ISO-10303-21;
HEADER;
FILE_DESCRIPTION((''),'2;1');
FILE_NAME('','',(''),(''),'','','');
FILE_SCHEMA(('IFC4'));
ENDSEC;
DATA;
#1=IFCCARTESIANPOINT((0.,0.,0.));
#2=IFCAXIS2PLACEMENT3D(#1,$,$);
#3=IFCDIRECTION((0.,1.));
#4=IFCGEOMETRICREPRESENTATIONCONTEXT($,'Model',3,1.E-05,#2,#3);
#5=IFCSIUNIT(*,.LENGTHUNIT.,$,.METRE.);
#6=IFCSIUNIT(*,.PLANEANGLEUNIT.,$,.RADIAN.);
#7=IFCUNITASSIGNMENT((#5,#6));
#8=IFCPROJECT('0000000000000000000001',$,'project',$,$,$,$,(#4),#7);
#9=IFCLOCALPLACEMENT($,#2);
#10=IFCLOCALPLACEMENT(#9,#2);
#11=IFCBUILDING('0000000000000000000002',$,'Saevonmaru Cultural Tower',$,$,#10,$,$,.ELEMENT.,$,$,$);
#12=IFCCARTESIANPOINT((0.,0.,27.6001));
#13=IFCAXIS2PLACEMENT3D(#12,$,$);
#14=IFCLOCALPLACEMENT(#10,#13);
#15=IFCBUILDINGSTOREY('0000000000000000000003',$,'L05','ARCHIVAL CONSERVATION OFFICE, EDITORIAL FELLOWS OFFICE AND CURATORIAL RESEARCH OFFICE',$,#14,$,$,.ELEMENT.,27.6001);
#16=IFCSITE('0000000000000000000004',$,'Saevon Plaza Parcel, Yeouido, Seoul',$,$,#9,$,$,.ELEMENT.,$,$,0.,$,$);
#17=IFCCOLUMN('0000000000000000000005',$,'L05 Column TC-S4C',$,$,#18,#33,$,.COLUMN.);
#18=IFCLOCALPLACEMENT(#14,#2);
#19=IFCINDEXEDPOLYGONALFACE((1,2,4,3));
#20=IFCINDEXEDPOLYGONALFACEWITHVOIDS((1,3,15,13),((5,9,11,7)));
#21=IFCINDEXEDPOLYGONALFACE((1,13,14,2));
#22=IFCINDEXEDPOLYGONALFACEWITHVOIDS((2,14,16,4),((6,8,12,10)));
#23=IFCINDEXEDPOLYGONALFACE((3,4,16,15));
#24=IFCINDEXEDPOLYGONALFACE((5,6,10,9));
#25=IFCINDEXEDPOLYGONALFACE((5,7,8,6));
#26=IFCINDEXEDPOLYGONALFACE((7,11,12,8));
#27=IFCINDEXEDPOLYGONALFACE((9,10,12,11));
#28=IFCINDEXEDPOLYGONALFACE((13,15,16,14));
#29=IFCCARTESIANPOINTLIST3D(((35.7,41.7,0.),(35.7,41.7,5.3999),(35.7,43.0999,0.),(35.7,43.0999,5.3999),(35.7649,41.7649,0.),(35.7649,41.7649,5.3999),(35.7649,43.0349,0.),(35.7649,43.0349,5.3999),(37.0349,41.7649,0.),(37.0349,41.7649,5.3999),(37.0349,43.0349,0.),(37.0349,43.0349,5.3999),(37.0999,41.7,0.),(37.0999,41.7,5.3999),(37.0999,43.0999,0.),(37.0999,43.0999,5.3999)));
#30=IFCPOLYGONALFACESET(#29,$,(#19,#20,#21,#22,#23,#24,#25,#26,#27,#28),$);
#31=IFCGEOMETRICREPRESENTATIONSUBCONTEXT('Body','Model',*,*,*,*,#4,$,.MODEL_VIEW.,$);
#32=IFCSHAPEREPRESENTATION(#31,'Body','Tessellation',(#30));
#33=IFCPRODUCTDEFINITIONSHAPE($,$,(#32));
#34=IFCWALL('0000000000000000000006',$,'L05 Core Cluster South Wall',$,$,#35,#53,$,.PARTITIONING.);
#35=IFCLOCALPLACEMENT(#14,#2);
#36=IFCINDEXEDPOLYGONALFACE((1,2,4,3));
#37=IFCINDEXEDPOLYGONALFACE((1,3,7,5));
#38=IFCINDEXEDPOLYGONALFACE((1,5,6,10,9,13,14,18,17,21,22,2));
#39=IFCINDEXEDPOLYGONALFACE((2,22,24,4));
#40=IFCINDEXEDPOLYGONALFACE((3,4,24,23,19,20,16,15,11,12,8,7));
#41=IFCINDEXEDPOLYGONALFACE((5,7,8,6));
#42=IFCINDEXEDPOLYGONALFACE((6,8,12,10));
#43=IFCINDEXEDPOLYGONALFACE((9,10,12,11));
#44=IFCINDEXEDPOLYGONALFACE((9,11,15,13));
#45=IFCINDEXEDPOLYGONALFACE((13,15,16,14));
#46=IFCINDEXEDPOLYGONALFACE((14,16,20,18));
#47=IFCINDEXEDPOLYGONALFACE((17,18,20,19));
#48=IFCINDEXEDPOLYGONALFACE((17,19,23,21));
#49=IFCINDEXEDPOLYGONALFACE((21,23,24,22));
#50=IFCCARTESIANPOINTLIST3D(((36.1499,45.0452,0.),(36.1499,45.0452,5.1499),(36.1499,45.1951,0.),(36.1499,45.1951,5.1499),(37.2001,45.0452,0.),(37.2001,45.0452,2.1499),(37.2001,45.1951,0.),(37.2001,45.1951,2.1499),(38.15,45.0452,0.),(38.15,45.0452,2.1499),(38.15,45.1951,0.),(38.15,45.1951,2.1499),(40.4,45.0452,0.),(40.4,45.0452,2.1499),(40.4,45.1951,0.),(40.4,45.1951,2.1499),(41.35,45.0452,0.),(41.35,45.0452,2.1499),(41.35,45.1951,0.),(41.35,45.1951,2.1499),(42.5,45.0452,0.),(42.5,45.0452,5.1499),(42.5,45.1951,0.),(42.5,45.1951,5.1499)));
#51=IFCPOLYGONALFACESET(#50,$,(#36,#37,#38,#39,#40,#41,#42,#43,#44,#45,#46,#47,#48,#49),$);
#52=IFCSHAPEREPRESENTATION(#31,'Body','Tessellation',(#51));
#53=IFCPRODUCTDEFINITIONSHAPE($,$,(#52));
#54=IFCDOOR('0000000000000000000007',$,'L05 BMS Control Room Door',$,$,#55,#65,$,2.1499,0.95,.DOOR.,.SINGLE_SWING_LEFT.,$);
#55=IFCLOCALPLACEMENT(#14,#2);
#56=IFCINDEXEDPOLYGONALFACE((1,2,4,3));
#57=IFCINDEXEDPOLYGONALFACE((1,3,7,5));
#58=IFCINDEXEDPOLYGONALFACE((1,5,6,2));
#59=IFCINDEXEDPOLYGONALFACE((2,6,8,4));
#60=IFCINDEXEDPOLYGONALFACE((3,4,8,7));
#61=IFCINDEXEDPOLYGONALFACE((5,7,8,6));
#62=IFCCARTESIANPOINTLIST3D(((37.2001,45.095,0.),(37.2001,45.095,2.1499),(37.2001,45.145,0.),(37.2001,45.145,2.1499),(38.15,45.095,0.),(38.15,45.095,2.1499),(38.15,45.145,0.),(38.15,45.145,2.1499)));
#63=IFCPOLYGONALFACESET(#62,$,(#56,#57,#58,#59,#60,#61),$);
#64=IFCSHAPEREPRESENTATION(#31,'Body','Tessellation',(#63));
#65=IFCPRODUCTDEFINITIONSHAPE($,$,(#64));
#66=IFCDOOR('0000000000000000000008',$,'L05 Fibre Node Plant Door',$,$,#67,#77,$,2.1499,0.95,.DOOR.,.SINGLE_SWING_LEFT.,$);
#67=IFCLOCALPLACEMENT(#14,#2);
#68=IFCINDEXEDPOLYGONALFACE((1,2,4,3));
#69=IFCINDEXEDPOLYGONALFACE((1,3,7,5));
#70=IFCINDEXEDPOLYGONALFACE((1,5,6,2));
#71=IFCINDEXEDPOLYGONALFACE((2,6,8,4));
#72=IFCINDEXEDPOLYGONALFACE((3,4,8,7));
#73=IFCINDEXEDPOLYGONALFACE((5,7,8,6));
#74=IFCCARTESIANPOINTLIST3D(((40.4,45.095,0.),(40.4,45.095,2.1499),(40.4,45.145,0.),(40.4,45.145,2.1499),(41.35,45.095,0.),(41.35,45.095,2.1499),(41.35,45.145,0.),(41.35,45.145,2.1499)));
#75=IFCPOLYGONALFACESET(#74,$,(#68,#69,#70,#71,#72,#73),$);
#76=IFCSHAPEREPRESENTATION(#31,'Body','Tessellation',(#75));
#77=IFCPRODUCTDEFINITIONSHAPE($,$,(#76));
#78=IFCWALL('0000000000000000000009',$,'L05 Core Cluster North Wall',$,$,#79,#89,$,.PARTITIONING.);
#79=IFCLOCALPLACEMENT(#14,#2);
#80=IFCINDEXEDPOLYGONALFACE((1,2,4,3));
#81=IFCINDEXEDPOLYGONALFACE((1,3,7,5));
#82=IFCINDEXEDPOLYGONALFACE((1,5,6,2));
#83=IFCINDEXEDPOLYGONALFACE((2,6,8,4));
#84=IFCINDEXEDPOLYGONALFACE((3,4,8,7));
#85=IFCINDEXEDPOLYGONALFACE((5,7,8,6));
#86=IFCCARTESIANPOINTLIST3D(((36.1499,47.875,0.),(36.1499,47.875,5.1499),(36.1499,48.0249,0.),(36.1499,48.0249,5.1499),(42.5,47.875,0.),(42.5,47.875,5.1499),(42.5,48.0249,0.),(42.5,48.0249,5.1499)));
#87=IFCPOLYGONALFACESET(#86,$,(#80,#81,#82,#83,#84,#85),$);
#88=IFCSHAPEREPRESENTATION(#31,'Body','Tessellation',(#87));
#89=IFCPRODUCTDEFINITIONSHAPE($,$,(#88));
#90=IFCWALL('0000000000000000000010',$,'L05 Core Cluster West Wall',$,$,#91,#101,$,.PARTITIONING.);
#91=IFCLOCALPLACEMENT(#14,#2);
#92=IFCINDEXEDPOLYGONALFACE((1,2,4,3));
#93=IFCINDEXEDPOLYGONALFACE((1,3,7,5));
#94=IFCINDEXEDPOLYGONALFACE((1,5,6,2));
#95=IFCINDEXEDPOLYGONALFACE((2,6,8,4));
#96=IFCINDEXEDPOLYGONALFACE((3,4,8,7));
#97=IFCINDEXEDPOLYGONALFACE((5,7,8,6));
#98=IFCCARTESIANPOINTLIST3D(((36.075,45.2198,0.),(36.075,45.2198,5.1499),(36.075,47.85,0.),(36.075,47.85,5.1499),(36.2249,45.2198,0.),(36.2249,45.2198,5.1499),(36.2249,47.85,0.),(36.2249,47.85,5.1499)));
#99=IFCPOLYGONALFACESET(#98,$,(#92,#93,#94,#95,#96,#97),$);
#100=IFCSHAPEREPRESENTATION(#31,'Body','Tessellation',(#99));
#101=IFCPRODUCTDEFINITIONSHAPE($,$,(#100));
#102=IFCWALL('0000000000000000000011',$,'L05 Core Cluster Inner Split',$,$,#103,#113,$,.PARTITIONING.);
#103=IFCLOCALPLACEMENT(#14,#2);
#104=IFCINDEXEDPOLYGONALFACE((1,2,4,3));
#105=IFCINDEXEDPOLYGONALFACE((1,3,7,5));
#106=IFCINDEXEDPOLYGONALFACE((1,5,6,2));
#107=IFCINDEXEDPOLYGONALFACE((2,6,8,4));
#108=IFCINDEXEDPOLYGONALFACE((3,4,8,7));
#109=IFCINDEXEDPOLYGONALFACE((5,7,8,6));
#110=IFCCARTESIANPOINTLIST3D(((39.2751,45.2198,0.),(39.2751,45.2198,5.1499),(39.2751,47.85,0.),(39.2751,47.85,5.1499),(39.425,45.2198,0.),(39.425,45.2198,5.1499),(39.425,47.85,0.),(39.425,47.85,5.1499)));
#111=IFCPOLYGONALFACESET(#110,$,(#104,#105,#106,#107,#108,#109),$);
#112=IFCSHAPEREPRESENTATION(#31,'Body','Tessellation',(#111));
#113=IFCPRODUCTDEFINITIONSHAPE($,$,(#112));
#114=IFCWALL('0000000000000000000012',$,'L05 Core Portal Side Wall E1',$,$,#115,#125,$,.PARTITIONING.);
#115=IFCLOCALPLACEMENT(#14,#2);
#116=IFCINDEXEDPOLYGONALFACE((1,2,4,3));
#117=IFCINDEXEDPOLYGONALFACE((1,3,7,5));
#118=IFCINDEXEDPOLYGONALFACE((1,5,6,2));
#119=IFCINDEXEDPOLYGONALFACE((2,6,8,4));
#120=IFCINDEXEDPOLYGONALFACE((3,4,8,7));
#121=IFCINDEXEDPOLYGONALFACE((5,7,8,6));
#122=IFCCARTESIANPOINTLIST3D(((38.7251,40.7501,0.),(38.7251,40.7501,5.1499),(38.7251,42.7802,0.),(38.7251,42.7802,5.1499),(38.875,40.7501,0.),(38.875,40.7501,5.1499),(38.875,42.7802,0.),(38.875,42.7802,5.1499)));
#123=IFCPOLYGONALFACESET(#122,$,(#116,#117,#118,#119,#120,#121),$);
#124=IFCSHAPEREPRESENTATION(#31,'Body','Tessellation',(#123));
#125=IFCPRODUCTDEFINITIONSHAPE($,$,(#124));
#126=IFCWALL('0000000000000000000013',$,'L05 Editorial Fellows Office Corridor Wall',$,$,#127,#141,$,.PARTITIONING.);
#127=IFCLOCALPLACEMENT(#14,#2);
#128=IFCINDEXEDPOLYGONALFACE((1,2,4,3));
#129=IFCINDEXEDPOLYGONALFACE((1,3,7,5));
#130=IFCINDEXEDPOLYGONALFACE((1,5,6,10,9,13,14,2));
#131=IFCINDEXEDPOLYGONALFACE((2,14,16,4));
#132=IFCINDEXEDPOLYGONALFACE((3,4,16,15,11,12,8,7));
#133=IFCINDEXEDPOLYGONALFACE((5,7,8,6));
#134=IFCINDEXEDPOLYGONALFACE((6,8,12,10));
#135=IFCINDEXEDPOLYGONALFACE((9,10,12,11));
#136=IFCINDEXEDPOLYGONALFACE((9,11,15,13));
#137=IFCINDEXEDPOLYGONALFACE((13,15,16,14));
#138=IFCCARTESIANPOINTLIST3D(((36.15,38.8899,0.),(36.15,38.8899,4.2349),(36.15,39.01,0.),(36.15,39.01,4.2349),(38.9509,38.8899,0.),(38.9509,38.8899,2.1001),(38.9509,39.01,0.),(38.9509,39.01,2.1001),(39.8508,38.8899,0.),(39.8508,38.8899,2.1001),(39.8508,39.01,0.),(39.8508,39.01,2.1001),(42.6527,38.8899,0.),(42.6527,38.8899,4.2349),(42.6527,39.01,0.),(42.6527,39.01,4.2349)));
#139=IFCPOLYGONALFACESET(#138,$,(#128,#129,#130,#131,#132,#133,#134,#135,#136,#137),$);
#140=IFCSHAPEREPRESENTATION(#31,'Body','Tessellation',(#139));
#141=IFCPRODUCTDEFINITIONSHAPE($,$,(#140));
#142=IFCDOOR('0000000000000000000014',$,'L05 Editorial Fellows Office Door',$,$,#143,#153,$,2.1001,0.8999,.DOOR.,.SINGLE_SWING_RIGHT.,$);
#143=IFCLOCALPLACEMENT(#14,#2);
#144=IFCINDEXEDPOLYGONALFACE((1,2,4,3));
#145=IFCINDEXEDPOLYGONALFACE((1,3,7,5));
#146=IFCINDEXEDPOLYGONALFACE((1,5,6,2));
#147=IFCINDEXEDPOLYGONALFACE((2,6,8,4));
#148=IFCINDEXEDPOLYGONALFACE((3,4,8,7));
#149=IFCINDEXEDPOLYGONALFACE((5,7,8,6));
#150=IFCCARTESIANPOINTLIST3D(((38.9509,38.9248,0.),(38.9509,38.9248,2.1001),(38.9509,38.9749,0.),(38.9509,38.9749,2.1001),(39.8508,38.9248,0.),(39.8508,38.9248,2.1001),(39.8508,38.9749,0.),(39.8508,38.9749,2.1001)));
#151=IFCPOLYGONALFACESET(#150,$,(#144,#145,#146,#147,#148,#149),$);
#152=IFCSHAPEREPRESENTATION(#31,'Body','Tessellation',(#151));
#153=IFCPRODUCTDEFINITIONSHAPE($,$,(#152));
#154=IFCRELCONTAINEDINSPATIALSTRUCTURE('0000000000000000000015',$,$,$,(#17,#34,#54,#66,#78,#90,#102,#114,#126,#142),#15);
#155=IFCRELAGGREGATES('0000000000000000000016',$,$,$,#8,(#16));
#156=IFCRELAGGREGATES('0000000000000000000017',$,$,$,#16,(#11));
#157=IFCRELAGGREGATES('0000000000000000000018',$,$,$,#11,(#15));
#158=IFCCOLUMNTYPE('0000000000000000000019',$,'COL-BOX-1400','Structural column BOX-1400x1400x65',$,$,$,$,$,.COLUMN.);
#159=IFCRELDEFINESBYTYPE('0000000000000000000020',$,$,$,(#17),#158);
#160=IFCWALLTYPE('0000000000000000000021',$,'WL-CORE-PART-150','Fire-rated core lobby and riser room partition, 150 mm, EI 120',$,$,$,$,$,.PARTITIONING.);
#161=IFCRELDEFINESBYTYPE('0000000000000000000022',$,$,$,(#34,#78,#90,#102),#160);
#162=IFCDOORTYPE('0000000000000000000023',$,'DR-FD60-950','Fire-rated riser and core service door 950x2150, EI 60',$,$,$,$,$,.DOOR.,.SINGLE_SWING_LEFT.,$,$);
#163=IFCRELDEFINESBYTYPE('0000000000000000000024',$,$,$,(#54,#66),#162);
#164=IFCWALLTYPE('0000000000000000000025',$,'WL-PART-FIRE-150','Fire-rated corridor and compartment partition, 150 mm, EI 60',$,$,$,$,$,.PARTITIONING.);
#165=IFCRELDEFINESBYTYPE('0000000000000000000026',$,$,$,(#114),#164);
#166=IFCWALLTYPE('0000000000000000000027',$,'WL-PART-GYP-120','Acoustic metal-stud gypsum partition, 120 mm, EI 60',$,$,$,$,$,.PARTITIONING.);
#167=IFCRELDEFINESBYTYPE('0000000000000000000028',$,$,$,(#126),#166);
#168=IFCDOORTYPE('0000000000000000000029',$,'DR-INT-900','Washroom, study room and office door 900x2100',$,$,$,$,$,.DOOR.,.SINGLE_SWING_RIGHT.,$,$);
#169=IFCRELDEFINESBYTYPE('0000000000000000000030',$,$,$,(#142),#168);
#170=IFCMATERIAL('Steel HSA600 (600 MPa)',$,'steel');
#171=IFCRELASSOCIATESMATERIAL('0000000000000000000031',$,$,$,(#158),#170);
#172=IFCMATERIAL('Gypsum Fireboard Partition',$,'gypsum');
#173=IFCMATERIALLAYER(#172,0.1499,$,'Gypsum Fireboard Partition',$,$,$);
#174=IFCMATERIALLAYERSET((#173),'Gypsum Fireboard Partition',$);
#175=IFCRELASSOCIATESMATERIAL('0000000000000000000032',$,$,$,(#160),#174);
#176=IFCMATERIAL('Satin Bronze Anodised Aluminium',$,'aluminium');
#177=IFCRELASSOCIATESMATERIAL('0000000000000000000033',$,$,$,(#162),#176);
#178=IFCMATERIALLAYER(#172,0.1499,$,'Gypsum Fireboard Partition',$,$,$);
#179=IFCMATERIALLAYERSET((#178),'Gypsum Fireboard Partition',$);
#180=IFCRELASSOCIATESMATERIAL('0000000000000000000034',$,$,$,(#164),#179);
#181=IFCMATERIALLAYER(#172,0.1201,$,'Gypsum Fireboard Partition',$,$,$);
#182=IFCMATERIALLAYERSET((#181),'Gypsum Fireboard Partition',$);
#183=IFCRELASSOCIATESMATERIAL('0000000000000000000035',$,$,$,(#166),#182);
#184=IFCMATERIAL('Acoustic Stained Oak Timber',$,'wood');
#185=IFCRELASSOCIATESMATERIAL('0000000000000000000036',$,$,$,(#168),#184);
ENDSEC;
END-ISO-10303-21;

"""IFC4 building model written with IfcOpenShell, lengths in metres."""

from ifc_helpers import new_model, si_unit, direction, frame, frame_2d, origin, origin_2d, place, context, subcontext, project, spatial, rectangle, hollow_rectangle, extrude, material, layer, layer_set, material_profile, profile_set, type_object, element, fill, save


model = new_model("IFC4")

# Units and contexts
model_context = context("Model", 3, precision=1e-05, world=origin(), true_north=direction((0.0, 1.0)))
body_context = subcontext(model_context, "Body", "Model", "MODEL_VIEW")
ifc_project = project(units=[si_unit("LENGTHUNIT", "METRE"), si_unit("PLANEANGLEUNIT", "RADIAN")], contexts=[model_context])

# Site, building, storey
site_placement = place(None, origin())
site = spatial("IfcSite", under=ifc_project, at=site_placement, Name="Saevon Plaza Parcel, Yeouido, Seoul", CompositionType="ELEMENT", RefElevation=0.0)
building_placement = place(site_placement, origin())
building = spatial("IfcBuilding", under=site, at=building_placement, Name="Saevonmaru Cultural Tower", CompositionType="ELEMENT")
storey_placement = place(building_placement, frame((0.0, 0.0, 27.6001)))
storey = spatial("IfcBuildingStorey", under=building, at=storey_placement, Name="L05", Description="ARCHIVAL CONSERVATION OFFICE, EDITORIAL FELLOWS OFFICE AND CURATORIAL RESEARCH OFFICE", CompositionType="ELEMENT", Elevation=27.6001)

# Column
ifc_material_1 = material(Name="Steel HSA600 (600 MPa)", Category="steel")
ifc_material_profile = material_profile(ifc_material_1, hollow_rectangle(XDim=1.3999, YDim=1.3999, WallThickness=0.0649, at=origin_2d()), Name="BOX-1400x1400x65")
ifc_profile_set = profile_set([ifc_material_profile], Name="Steel HSA600 (600 MPa)")
column_type = type_object("IfcColumnType", Name="COL-BOX-1400", Description="Structural column BOX-1400x1400x65", PredefinedType="COLUMN", material=ifc_profile_set)
column_placement = place(storey_placement, frame((36.3999, 42.3999, 0.0), z_axis=(0.0, 0.0, 1.0), x_axis=(1.0, 0.0, 0.0)))
element("IfcColumn", 1, at=column_placement, inside=storey, type_object=column_type, Name="L05 Column TC-S4C", PredefinedType="COLUMN", context=body_context, shape_type="SweptSolid", body=[
    extrude(hollow_rectangle(XDim=1.3999, YDim=1.3999, WallThickness=0.0649, at=origin_2d()), origin(), (0.0, 0.0, 1.0), 5.3999),
])

# Wall, openings, doors
ifc_material_2 = material(Name="Gypsum Fireboard Partition", Category="gypsum")
ifc_layer_1 = layer(ifc_material_2, 0.1499, Name="Gypsum Fireboard Partition")
ifc_layer_set_1 = layer_set([ifc_layer_1], Name="Gypsum Fireboard Partition")
wall_type_1 = type_object("IfcWallType", Name="WL-CORE-PART-150", Description="Fire-rated core lobby and riser room partition, 150 mm, EI 120", PredefinedType="PARTITIONING", material=ifc_layer_set_1)
wall_1_placement = place(storey_placement, frame((36.1499, 45.1201, 0.0), z_axis=(0.0, 0.0, 1.0), x_axis=(1.0, 0.0, 0.0)))
wall_1 = element("IfcWall", 2, at=wall_1_placement, inside=storey, type_object=wall_type_1, Name="L05 Core Cluster South Wall", PredefinedType="PARTITIONING", context=body_context, shape_type="SweptSolid", body=[
    extrude(rectangle(XDim=6.3501, YDim=0.1499, at=frame_2d((3.175, 0.0))), origin(), (0.0, 0.0, 1.0), 5.1499),
])
opening_1_placement = place(wall_1_placement, frame((1.05, 0.0, 0.0)))
opening_1 = element("IfcOpeningElement", 3, at=opening_1_placement, cuts=wall_1, PredefinedType="OPENING", context=body_context, shape_type="SweptSolid", body=[
    extrude(rectangle(XDim=0.95, YDim=2.1499, at=frame_2d((0.4751, 1.075))), frame((0.0, 0.085, 0.0), z_axis=(0.0, -1.0, 0.0), x_axis=(1.0, 0.0, 0.0)), (0.0, 0.0, 1.0), 0.1699),
])
opening_2_placement = place(wall_1_placement, frame((4.25, 0.0, 0.0)))
opening_2 = element("IfcOpeningElement", 4, at=opening_2_placement, cuts=wall_1, PredefinedType="OPENING", context=body_context, shape_type="SweptSolid", body=[
    extrude(rectangle(XDim=0.95, YDim=2.1499, at=frame_2d((0.4751, 1.075))), frame((0.0, 0.085, 0.0), z_axis=(0.0, -1.0, 0.0), x_axis=(1.0, 0.0, 0.0)), (0.0, 0.0, 1.0), 0.1699),
])
ifc_material_3 = material(Name="Satin Bronze Anodised Aluminium", Category="aluminium")
door_type_1 = type_object("IfcDoorType", Name="DR-FD60-950", Description="Fire-rated riser and core service door 950x2150, EI 60", OperationType="SINGLE_SWING_LEFT", PredefinedType="DOOR", material=ifc_material_3)
door_1_placement = place(opening_1_placement, origin())
door_1 = element("IfcDoor", 5, at=door_1_placement, inside=storey, type_object=door_type_1, Name="L05 BMS Control Room Door", OperationType="SINGLE_SWING_LEFT", OverallHeight=2.1499, OverallWidth=0.95, PredefinedType="DOOR", context=body_context, shape_type="SweptSolid", body=[
    extrude(rectangle(XDim=0.95, YDim=2.1499, at=frame_2d((0.4751, 1.075))), frame((0.0, 0.0249, 0.0), z_axis=(0.0, -1.0, 0.0), x_axis=(1.0, 0.0, 0.0)), (0.0, 0.0, 1.0), 0.05),
])
fill(opening_1, door_1)
door_2_placement = place(opening_2_placement, origin())
door_2 = element("IfcDoor", 6, at=door_2_placement, inside=storey, type_object=door_type_1, Name="L05 Fibre Node Plant Door", OperationType="SINGLE_SWING_LEFT", OverallHeight=2.1499, OverallWidth=0.95, PredefinedType="DOOR", context=body_context, shape_type="SweptSolid", body=[
    extrude(rectangle(XDim=0.95, YDim=2.1499, at=frame_2d((0.4751, 1.075))), frame((0.0, 0.0249, 0.0), z_axis=(0.0, -1.0, 0.0), x_axis=(1.0, 0.0, 0.0)), (0.0, 0.0, 1.0), 0.05),
])
fill(opening_2, door_2)

# Walls
wall_2_placement = place(storey_placement, frame((36.1499, 47.95, 0.0), z_axis=(0.0, 0.0, 1.0), x_axis=(1.0, 0.0, 0.0)))
element("IfcWall", 7, at=wall_2_placement, inside=storey, type_object=wall_type_1, Name="L05 Core Cluster North Wall", PredefinedType="PARTITIONING", context=body_context, shape_type="SweptSolid", body=[
    extrude(rectangle(XDim=6.3501, YDim=0.1499, at=frame_2d((3.175, 0.0))), origin(), (0.0, 0.0, 1.0), 5.1499),
])
for number, where, z_axis, x_axis, name in (
    (8, (36.1499, 45.22, 0.0), (0.0, 0.0, 1.0), (0.0, 1.0, 0.0), "L05 Core Cluster West Wall"),
    (9, (39.3501, 45.22, 0.0), (0.0, 0.0, 1.0), (0.0, 1.0, 0.0), "L05 Core Cluster Inner Split"),
):
    element("IfcWall", number, at=place(storey_placement, frame(where, z_axis=z_axis, x_axis=x_axis)), inside=storey, type_object=wall_type_1, Name=name, PredefinedType="PARTITIONING", context=body_context, shape_type="SweptSolid", body=[
        extrude(rectangle(XDim=2.6301, YDim=0.1499, at=frame_2d((1.3149, 0.0))), origin(), (0.0, 0.0, 1.0), 5.1499),
    ])
ifc_layer_2 = layer(ifc_material_2, 0.1499, Name="Gypsum Fireboard Partition")
ifc_layer_set_2 = layer_set([ifc_layer_2], Name="Gypsum Fireboard Partition")
wall_type_2 = type_object("IfcWallType", Name="WL-PART-FIRE-150", Description="Fire-rated corridor and compartment partition, 150 mm, EI 60", PredefinedType="PARTITIONING", material=ifc_layer_set_2)
wall_3_placement = place(storey_placement, frame((38.8, 40.75, 0.0), z_axis=(0.0, 0.0, 1.0), x_axis=(0.0, 1.0, 0.0)))
element("IfcWall", 10, at=wall_3_placement, inside=storey, type_object=wall_type_2, Name="L05 Core Portal Side Wall E1", PredefinedType="PARTITIONING", context=body_context, shape_type="SweptSolid", body=[
    extrude(rectangle(XDim=2.03, YDim=0.1499, at=frame_2d((1.0151, 0.0))), origin(), (0.0, 0.0, 1.0), 5.1499),
])

# Wall, opening, door
ifc_layer_3 = layer(ifc_material_2, 0.1201, Name="Gypsum Fireboard Partition")
ifc_layer_set_3 = layer_set([ifc_layer_3], Name="Gypsum Fireboard Partition")
wall_type_3 = type_object("IfcWallType", Name="WL-PART-GYP-120", Description="Acoustic metal-stud gypsum partition, 120 mm, EI 60", PredefinedType="PARTITIONING", material=ifc_layer_set_3)
wall_4_placement = place(storey_placement, frame((36.1499, 38.95, 0.0), z_axis=(0.0, 0.0, 1.0), x_axis=(1.0, 0.0, 0.0)))
wall_4 = element("IfcWall", 11, at=wall_4_placement, inside=storey, type_object=wall_type_3, Name="L05 Editorial Fellows Office Corridor Wall", PredefinedType="PARTITIONING", context=body_context, shape_type="SweptSolid", body=[
    extrude(rectangle(XDim=6.5027, YDim=0.1201, at=frame_2d((3.2515, 0.0))), origin(), (0.0, 0.0, 1.0), 4.2349),
])
opening_3_placement = place(wall_4_placement, frame((2.801, 0.0, 0.0)))
opening_3 = element("IfcOpeningElement", 12, at=opening_3_placement, cuts=wall_4, PredefinedType="OPENING", context=body_context, shape_type="SweptSolid", body=[
    extrude(rectangle(XDim=0.8999, YDim=2.1001, at=frame_2d((0.45, 1.05))), frame((0.0, 0.0701, 0.0), z_axis=(0.0, -1.0, 0.0), x_axis=(1.0, 0.0, 0.0)), (0.0, 0.0, 1.0), 0.1401),
])
ifc_material_4 = material(Name="Acoustic Stained Oak Timber", Category="wood")
door_type_2 = type_object("IfcDoorType", Name="DR-INT-900", Description="Washroom, study room and office door 900x2100", OperationType="SINGLE_SWING_RIGHT", PredefinedType="DOOR", material=ifc_material_4)
door_3_placement = place(opening_3_placement, origin())
door_3 = element("IfcDoor", 13, at=door_3_placement, inside=storey, type_object=door_type_2, Name="L05 Editorial Fellows Office Door", OperationType="SINGLE_SWING_RIGHT", OverallHeight=2.1001, OverallWidth=0.8999, PredefinedType="DOOR", context=body_context, shape_type="SweptSolid", body=[
    extrude(rectangle(XDim=0.8999, YDim=2.1001, at=frame_2d((0.45, 1.05))), frame((0.0, 0.0249, 0.0), z_axis=(0.0, -1.0, 0.0), x_axis=(1.0, 0.0, 0.0)), (0.0, 0.0, 1.0), 0.05),
])
fill(opening_3, door_3)

save(model, "model.ifc")
